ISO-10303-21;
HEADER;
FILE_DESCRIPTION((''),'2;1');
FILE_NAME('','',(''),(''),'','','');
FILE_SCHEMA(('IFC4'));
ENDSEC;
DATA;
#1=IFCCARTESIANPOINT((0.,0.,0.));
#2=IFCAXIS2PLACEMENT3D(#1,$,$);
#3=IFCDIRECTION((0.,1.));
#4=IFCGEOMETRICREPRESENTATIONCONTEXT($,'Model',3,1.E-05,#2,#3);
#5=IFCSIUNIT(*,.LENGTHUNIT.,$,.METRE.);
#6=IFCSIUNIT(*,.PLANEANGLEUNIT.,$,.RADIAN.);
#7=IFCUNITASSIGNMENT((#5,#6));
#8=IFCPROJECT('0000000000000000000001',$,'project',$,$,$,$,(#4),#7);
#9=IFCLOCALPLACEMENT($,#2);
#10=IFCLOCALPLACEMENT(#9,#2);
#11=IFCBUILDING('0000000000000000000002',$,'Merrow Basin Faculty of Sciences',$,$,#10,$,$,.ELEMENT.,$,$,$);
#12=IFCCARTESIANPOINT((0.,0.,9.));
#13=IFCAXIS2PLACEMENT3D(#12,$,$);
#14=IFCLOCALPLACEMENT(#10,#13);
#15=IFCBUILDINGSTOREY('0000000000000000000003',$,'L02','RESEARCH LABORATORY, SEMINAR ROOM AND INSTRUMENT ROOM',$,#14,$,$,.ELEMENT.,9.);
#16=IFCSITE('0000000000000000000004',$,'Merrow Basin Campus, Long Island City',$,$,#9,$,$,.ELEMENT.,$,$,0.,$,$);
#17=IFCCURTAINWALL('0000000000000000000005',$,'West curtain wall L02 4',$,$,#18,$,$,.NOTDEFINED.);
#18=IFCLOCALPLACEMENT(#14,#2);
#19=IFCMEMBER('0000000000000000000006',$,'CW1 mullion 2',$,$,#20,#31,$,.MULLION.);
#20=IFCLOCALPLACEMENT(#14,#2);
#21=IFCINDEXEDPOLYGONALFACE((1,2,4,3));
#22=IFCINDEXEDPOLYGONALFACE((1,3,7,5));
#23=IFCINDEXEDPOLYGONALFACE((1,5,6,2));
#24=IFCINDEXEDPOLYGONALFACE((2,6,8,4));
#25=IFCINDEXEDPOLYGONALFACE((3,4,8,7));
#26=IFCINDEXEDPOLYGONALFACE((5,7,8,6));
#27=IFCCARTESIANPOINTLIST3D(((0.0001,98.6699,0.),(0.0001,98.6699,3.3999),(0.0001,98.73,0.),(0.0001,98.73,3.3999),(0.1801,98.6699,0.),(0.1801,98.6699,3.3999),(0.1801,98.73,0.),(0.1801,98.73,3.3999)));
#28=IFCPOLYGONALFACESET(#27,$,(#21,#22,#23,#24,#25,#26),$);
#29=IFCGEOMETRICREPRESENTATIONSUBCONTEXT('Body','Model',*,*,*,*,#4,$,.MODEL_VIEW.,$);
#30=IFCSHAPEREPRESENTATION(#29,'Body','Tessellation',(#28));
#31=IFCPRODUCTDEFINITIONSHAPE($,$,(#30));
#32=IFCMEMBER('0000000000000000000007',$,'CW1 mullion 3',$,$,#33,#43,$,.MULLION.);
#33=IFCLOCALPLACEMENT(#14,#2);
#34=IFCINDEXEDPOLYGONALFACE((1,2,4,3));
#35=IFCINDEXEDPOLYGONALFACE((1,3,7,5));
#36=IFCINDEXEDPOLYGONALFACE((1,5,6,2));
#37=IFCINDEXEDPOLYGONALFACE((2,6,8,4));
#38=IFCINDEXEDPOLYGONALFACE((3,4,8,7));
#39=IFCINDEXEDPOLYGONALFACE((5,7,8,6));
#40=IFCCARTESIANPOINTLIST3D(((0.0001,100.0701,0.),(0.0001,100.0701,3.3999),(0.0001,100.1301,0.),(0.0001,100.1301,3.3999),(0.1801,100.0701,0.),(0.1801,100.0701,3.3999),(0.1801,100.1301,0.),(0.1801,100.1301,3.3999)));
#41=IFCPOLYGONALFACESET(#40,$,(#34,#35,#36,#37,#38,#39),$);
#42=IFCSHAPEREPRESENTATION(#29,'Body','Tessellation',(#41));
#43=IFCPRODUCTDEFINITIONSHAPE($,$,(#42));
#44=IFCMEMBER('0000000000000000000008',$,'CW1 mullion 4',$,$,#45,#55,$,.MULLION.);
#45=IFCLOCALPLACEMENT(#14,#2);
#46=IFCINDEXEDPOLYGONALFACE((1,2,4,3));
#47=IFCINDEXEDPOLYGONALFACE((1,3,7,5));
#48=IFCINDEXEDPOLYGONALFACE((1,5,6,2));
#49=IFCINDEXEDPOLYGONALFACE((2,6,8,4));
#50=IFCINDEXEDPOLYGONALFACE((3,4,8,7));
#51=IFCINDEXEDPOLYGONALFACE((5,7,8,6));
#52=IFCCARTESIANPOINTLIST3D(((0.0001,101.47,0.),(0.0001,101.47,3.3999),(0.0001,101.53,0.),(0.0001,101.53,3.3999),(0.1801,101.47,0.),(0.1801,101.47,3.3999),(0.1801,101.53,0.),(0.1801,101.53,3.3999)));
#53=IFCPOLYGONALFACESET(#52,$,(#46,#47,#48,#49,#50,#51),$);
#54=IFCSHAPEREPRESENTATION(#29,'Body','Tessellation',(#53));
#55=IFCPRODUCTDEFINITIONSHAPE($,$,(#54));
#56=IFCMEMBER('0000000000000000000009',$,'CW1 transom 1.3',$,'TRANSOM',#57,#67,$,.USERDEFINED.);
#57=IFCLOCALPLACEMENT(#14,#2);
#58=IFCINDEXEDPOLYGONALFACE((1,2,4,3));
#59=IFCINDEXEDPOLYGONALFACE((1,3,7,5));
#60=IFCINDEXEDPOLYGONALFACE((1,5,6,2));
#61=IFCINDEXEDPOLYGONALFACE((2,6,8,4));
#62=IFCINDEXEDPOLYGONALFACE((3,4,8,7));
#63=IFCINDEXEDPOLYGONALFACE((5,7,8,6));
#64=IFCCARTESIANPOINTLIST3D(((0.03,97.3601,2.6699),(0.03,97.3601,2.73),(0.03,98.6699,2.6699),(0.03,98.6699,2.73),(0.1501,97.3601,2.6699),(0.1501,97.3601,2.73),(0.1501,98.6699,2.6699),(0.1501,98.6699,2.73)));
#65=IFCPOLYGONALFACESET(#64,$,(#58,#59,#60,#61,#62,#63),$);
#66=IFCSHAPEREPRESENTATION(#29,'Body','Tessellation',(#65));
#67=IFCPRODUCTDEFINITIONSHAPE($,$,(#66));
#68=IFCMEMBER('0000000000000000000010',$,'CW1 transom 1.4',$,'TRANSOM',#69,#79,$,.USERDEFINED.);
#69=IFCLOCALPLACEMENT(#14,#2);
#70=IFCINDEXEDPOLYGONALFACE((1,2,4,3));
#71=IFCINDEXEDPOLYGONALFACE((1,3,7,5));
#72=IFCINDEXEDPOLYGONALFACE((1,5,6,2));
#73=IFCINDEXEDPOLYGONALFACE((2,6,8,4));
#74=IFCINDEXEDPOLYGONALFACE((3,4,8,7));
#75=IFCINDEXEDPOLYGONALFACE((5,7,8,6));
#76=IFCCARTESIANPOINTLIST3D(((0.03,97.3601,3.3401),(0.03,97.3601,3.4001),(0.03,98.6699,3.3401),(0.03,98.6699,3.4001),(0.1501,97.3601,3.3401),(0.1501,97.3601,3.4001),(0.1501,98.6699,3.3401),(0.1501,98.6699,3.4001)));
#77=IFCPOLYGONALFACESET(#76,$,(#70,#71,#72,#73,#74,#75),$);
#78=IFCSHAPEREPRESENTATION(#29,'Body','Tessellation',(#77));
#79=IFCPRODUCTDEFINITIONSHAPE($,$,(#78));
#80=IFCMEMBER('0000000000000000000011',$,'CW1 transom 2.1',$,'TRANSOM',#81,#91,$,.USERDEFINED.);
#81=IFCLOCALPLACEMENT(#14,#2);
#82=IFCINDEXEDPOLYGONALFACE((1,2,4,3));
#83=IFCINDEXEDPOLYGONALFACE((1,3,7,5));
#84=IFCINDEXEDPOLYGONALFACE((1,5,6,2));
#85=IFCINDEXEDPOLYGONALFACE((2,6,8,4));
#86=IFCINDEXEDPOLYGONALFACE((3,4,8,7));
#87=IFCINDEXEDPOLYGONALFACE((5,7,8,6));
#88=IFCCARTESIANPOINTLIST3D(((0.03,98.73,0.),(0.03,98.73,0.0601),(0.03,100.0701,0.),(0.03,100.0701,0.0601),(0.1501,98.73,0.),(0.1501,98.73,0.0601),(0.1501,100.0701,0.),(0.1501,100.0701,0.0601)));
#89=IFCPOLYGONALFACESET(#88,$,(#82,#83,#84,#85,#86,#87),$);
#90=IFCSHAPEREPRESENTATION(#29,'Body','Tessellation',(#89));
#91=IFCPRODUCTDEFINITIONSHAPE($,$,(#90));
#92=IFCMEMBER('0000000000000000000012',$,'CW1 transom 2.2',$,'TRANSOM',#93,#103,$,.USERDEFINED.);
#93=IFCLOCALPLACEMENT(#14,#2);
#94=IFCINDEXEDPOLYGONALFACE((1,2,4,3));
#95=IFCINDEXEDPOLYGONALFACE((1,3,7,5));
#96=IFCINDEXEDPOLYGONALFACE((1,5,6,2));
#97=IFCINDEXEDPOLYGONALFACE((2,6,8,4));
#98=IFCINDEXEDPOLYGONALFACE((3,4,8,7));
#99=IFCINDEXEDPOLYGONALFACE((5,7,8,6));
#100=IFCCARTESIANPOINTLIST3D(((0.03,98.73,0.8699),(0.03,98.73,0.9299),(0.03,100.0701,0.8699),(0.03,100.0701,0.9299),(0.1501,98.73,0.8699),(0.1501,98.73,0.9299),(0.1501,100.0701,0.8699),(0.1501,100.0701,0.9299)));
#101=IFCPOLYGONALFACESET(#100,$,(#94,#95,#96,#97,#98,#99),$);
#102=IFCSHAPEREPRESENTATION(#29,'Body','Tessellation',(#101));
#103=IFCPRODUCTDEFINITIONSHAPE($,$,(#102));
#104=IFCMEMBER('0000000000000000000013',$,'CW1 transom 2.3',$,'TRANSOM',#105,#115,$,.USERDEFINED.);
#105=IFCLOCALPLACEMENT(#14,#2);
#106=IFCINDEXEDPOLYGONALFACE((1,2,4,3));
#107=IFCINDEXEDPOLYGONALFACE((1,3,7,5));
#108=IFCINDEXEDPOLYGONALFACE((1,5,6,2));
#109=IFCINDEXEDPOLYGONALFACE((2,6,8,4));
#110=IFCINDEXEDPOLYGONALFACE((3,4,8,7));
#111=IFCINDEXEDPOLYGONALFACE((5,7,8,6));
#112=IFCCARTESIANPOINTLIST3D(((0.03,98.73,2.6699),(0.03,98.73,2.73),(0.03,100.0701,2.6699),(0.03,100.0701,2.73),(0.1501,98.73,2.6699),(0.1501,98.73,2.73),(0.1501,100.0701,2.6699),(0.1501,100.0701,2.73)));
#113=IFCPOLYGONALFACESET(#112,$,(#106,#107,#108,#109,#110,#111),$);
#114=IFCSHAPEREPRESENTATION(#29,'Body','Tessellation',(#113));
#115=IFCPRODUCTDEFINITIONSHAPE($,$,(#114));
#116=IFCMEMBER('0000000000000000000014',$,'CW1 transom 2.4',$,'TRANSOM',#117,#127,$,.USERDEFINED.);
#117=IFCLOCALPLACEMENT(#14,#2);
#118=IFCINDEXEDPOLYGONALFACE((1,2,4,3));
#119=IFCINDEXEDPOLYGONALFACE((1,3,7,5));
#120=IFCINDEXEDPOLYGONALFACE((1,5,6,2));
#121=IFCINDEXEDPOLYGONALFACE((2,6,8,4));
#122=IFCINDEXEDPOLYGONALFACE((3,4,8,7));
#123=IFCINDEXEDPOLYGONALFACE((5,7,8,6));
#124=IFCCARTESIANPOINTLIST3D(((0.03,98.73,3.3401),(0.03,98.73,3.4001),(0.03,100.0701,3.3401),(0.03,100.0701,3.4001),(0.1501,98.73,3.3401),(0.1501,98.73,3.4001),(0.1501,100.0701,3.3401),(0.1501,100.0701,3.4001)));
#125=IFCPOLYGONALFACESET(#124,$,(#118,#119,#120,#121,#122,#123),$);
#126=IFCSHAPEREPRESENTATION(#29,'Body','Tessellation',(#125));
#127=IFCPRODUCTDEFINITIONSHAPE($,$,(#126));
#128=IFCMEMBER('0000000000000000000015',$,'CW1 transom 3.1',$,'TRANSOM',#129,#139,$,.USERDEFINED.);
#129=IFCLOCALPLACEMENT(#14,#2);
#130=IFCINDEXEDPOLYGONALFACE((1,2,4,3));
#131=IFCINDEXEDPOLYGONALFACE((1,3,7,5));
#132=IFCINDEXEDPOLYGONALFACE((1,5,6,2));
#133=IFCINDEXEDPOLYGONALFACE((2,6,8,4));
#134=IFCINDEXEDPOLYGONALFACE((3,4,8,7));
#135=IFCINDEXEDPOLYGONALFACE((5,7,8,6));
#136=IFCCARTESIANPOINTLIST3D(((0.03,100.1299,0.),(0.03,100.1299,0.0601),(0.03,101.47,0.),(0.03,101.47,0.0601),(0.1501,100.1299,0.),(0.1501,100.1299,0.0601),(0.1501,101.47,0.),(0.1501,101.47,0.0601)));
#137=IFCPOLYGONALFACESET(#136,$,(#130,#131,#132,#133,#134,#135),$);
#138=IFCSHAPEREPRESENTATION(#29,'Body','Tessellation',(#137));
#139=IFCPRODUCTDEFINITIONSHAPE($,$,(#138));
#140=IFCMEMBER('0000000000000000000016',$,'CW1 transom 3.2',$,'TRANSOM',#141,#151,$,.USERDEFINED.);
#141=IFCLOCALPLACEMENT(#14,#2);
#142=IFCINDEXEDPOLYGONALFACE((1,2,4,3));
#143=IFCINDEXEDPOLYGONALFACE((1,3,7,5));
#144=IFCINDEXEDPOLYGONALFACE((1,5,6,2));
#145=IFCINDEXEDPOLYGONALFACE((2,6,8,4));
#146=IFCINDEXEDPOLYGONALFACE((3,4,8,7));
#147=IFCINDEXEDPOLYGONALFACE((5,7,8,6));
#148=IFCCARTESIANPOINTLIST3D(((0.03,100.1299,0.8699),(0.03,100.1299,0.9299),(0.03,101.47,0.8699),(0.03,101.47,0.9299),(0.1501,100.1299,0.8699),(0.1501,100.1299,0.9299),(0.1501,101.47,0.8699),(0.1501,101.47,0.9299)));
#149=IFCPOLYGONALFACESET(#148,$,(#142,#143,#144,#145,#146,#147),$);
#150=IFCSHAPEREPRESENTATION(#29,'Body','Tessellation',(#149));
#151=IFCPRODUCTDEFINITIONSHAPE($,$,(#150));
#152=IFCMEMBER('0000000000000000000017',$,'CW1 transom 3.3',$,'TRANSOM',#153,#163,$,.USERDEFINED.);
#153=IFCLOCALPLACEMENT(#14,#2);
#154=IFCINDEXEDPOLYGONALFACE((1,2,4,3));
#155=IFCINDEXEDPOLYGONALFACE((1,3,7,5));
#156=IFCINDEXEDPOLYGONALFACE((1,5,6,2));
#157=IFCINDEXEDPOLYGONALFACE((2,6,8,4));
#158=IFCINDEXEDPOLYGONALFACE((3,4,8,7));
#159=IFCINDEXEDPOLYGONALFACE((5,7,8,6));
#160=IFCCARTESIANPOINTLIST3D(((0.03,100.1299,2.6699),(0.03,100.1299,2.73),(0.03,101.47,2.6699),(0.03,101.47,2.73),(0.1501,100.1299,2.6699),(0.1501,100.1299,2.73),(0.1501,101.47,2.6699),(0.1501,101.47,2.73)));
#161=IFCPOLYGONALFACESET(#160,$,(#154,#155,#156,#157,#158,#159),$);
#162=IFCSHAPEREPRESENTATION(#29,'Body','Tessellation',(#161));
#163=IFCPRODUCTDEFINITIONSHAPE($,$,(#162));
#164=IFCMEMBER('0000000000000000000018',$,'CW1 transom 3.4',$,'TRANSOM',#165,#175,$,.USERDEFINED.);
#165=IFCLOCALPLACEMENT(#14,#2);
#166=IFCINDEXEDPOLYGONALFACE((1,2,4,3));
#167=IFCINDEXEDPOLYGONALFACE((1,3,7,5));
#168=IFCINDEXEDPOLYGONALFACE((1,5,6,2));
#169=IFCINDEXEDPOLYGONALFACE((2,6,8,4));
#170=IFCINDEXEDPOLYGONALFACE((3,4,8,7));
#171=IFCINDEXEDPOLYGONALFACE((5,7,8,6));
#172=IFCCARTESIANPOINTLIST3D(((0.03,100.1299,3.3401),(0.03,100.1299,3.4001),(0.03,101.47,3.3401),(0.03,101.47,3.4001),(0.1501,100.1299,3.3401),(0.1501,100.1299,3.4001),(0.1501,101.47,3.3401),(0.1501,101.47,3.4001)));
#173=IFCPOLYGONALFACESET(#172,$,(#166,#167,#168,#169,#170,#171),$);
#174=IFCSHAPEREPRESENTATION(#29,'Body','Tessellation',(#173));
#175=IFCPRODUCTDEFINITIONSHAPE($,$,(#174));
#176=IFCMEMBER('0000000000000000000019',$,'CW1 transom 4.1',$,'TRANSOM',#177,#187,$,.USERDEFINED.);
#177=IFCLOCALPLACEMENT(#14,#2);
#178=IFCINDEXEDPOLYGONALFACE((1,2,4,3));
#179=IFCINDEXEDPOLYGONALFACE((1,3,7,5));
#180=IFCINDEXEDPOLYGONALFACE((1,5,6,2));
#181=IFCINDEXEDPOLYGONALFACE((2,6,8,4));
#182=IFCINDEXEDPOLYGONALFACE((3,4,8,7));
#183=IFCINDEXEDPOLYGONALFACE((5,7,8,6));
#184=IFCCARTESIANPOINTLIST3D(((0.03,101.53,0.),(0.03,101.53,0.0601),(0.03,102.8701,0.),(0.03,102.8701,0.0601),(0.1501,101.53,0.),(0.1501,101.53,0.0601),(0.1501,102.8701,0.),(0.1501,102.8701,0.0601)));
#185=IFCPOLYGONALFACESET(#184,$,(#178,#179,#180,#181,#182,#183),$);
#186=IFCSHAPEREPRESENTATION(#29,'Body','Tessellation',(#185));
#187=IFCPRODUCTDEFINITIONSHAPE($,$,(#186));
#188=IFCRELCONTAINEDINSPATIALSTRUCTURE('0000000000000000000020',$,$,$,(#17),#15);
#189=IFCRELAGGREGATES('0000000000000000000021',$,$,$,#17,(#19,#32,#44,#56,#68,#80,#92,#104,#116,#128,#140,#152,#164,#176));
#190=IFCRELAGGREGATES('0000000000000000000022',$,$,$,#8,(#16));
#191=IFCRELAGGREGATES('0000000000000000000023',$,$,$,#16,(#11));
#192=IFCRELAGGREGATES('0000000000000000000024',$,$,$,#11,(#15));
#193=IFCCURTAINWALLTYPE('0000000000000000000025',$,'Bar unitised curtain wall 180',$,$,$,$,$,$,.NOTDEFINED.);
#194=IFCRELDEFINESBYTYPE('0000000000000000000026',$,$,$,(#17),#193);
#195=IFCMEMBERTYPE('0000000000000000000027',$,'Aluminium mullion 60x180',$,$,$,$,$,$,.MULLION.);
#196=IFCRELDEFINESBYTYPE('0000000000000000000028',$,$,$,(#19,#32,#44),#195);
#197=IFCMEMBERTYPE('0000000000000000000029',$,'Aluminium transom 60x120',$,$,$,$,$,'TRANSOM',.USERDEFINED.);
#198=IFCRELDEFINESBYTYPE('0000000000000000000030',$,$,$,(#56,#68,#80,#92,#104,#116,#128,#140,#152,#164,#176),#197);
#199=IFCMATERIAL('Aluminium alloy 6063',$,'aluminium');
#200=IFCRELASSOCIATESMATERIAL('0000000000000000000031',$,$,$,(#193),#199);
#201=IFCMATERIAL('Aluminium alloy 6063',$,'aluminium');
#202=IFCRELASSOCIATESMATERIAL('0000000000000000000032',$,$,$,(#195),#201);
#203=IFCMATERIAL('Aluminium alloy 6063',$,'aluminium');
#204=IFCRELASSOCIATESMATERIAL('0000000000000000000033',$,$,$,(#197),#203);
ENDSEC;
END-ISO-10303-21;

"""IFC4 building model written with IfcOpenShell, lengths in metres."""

from ifc_helpers import new_model, si_unit, direction, frame, origin, origin_2d, place, context, subcontext, project, spatial, rectangle, extrude, material, material_profile, profile_set, type_object, element, aggregate, save


model = new_model("IFC4")

# Units and contexts
model_context = context("Model", 3, precision=1e-05, world=origin(), true_north=direction((0.0, 1.0)))
body_context = subcontext(model_context, "Body", "Model", "MODEL_VIEW")
ifc_project = project(units=[si_unit("LENGTHUNIT", "METRE"), si_unit("PLANEANGLEUNIT", "RADIAN")], contexts=[model_context])

# Site, building, storey
site_placement = place(None, origin())
site = spatial("IfcSite", under=ifc_project, at=site_placement, Name="Merrow Basin Campus, Long Island City", CompositionType="ELEMENT", RefElevation=0.0)
building_placement = place(site_placement, origin())
building = spatial("IfcBuilding", under=site, at=building_placement, Name="Merrow Basin Faculty of Sciences", CompositionType="ELEMENT")
storey_placement = place(building_placement, frame((0.0, 0.0, 9.0)))
storey = spatial("IfcBuildingStorey", under=building, at=storey_placement, Name="L02", Description="RESEARCH LABORATORY, SEMINAR ROOM AND INSTRUMENT ROOM", CompositionType="ELEMENT", Elevation=9.0)

# Curtain wall, members
ifc_material_1 = material(Name="Aluminium alloy 6063", Category="aluminium")
curtain_wall_type = type_object("IfcCurtainWallType", Name="Bar unitised curtain wall 180", PredefinedType="NOTDEFINED", material=ifc_material_1)
curtain_wall_placement = place(storey_placement, origin())
curtain_wall = element("IfcCurtainWall", 1, at=curtain_wall_placement, inside=storey, type_object=curtain_wall_type, Name="West curtain wall L02 4", PredefinedType="NOTDEFINED")
ifc_material_2 = material(Name="Aluminium alloy 6063", Category="aluminium")
ifc_material_profile_1 = material_profile(ifc_material_2, rectangle(XDim=0.1799, YDim=0.0601, at=origin_2d()))
ifc_profile_set_1 = profile_set([ifc_material_profile_1], Name="Aluminium alloy 6063")
member_type_1 = type_object("IfcMemberType", Name="Aluminium mullion 60x180", PredefinedType="MULLION", material=ifc_profile_set_1)
member_1_placement = place(storey_placement, frame((0.0901, 98.7, 0.0), z_axis=(0.0, 0.0, 1.0), x_axis=(-1.0, 0.0, 0.0)))
member_1 = element("IfcMember", 2, at=member_1_placement, type_object=member_type_1, Name="CW1 mullion 2", PredefinedType="MULLION", context=body_context, shape_type="SweptSolid", body=[
    extrude(rectangle(XDim=0.1799, YDim=0.0601, at=origin_2d()), origin(), (0.0, 0.0, 1.0), 3.3999),
])
member_2_placement = place(storey_placement, frame((0.0901, 100.1001, 0.0), z_axis=(0.0, 0.0, 1.0), x_axis=(-1.0, 0.0, 0.0)))
member_2 = element("IfcMember", 3, at=member_2_placement, type_object=member_type_1, Name="CW1 mullion 3", PredefinedType="MULLION", context=body_context, shape_type="SweptSolid", body=[
    extrude(rectangle(XDim=0.1799, YDim=0.0601, at=origin_2d()), origin(), (0.0, 0.0, 1.0), 3.3999),
])
member_3_placement = place(storey_placement, frame((0.0901, 101.5, 0.0), z_axis=(0.0, 0.0, 1.0), x_axis=(-1.0, 0.0, 0.0)))
member_3 = element("IfcMember", 4, at=member_3_placement, type_object=member_type_1, Name="CW1 mullion 4", PredefinedType="MULLION", context=body_context, shape_type="SweptSolid", body=[
    extrude(rectangle(XDim=0.1799, YDim=0.0601, at=origin_2d()), origin(), (0.0, 0.0, 1.0), 3.3999),
])
ifc_material_3 = material(Name="Aluminium alloy 6063", Category="aluminium")
ifc_material_profile_2 = material_profile(ifc_material_3, rectangle(XDim=0.1201, YDim=0.0601, at=origin_2d()))
ifc_profile_set_2 = profile_set([ifc_material_profile_2], Name="Aluminium alloy 6063")
member_type_2 = type_object("IfcMemberType", Name="Aluminium transom 60x120", ElementType="TRANSOM", PredefinedType="USERDEFINED", material=ifc_profile_set_2)
member_4_placement = place(storey_placement, frame((0.0901, 97.3601, 2.7), z_axis=(0.0, 1.0, 0.0), x_axis=(-1.0, 0.0, 0.0)))
member_4 = element("IfcMember", 5, at=member_4_placement, type_object=member_type_2, Name="CW1 transom 1.3", ObjectType="TRANSOM", PredefinedType="USERDEFINED", context=body_context, shape_type="SweptSolid", body=[
    extrude(rectangle(XDim=0.1201, YDim=0.0601, at=origin_2d()), origin(), (0.0, 0.0, 1.0), 1.3098),
])
member_5_placement = place(storey_placement, frame((0.0901, 97.3601, 3.3701), z_axis=(0.0, 1.0, 0.0), x_axis=(-1.0, 0.0, 0.0)))
member_5 = element("IfcMember", 6, at=member_5_placement, type_object=member_type_2, Name="CW1 transom 1.4", ObjectType="TRANSOM", PredefinedType="USERDEFINED", context=body_context, shape_type="SweptSolid", body=[
    extrude(rectangle(XDim=0.1201, YDim=0.0601, at=origin_2d()), origin(), (0.0, 0.0, 1.0), 1.3098),
])
member_6_placement = place(storey_placement, frame((0.0901, 98.73, 0.03), z_axis=(0.0, 1.0, 0.0), x_axis=(-1.0, 0.0, 0.0)))
member_6 = element("IfcMember", 7, at=member_6_placement, type_object=member_type_2, Name="CW1 transom 2.1", ObjectType="TRANSOM", PredefinedType="USERDEFINED", context=body_context, shape_type="SweptSolid", body=[
    extrude(rectangle(XDim=0.1201, YDim=0.0601, at=origin_2d()), origin(), (0.0, 0.0, 1.0), 1.3401),
])
member_7_placement = place(storey_placement, frame((0.0901, 98.73, 0.8999), z_axis=(0.0, 1.0, 0.0), x_axis=(-1.0, 0.0, 0.0)))
member_7 = element("IfcMember", 8, at=member_7_placement, type_object=member_type_2, Name="CW1 transom 2.2", ObjectType="TRANSOM", PredefinedType="USERDEFINED", context=body_context, shape_type="SweptSolid", body=[
    extrude(rectangle(XDim=0.1201, YDim=0.0601, at=origin_2d()), origin(), (0.0, 0.0, 1.0), 1.3401),
])
member_8_placement = place(storey_placement, frame((0.0901, 98.73, 2.7), z_axis=(0.0, 1.0, 0.0), x_axis=(-1.0, 0.0, 0.0)))
member_8 = element("IfcMember", 9, at=member_8_placement, type_object=member_type_2, Name="CW1 transom 2.3", ObjectType="TRANSOM", PredefinedType="USERDEFINED", context=body_context, shape_type="SweptSolid", body=[
    extrude(rectangle(XDim=0.1201, YDim=0.0601, at=origin_2d()), origin(), (0.0, 0.0, 1.0), 1.3401),
])
member_9_placement = place(storey_placement, frame((0.0901, 98.73, 3.3701), z_axis=(0.0, 1.0, 0.0), x_axis=(-1.0, 0.0, 0.0)))
member_9 = element("IfcMember", 10, at=member_9_placement, type_object=member_type_2, Name="CW1 transom 2.4", ObjectType="TRANSOM", PredefinedType="USERDEFINED", context=body_context, shape_type="SweptSolid", body=[
    extrude(rectangle(XDim=0.1201, YDim=0.0601, at=origin_2d()), origin(), (0.0, 0.0, 1.0), 1.3401),
])
member_10_placement = place(storey_placement, frame((0.0901, 100.1299, 0.03), z_axis=(0.0, 1.0, 0.0), x_axis=(-1.0, 0.0, 0.0)))
member_10 = element("IfcMember", 11, at=member_10_placement, type_object=member_type_2, Name="CW1 transom 3.1", ObjectType="TRANSOM", PredefinedType="USERDEFINED", context=body_context, shape_type="SweptSolid", body=[
    extrude(rectangle(XDim=0.1201, YDim=0.0601, at=origin_2d()), origin(), (0.0, 0.0, 1.0), 1.3401),
])
member_11_placement = place(storey_placement, frame((0.0901, 100.1299, 0.8999), z_axis=(0.0, 1.0, 0.0), x_axis=(-1.0, 0.0, 0.0)))
member_11 = element("IfcMember", 12, at=member_11_placement, type_object=member_type_2, Name="CW1 transom 3.2", ObjectType="TRANSOM", PredefinedType="USERDEFINED", context=body_context, shape_type="SweptSolid", body=[
    extrude(rectangle(XDim=0.1201, YDim=0.0601, at=origin_2d()), origin(), (0.0, 0.0, 1.0), 1.3401),
])
member_12_placement = place(storey_placement, frame((0.0901, 100.1299, 2.7), z_axis=(0.0, 1.0, 0.0), x_axis=(-1.0, 0.0, 0.0)))
member_12 = element("IfcMember", 13, at=member_12_placement, type_object=member_type_2, Name="CW1 transom 3.3", ObjectType="TRANSOM", PredefinedType="USERDEFINED", context=body_context, shape_type="SweptSolid", body=[
    extrude(rectangle(XDim=0.1201, YDim=0.0601, at=origin_2d()), origin(), (0.0, 0.0, 1.0), 1.3401),
])
member_13_placement = place(storey_placement, frame((0.0901, 100.1299, 3.3701), z_axis=(0.0, 1.0, 0.0), x_axis=(-1.0, 0.0, 0.0)))
member_13 = element("IfcMember", 14, at=member_13_placement, type_object=member_type_2, Name="CW1 transom 3.4", ObjectType="TRANSOM", PredefinedType="USERDEFINED", context=body_context, shape_type="SweptSolid", body=[
    extrude(rectangle(XDim=0.1201, YDim=0.0601, at=origin_2d()), origin(), (0.0, 0.0, 1.0), 1.3401),
])
member_14_placement = place(storey_placement, frame((0.0901, 101.53, 0.03), z_axis=(0.0, 1.0, 0.0), x_axis=(-1.0, 0.0, 0.0)))
member_14 = element("IfcMember", 15, at=member_14_placement, type_object=member_type_2, Name="CW1 transom 4.1", ObjectType="TRANSOM", PredefinedType="USERDEFINED", context=body_context, shape_type="SweptSolid", body=[
    extrude(rectangle(XDim=0.1201, YDim=0.0601, at=origin_2d()), origin(), (0.0, 0.0, 1.0), 1.3401),
])
aggregate(curtain_wall, [member_1, member_2, member_3, member_4, member_5, member_6, member_7, member_8, member_9, member_10, member_11, member_12, member_13, member_14])

save(model, "model.ifc")
